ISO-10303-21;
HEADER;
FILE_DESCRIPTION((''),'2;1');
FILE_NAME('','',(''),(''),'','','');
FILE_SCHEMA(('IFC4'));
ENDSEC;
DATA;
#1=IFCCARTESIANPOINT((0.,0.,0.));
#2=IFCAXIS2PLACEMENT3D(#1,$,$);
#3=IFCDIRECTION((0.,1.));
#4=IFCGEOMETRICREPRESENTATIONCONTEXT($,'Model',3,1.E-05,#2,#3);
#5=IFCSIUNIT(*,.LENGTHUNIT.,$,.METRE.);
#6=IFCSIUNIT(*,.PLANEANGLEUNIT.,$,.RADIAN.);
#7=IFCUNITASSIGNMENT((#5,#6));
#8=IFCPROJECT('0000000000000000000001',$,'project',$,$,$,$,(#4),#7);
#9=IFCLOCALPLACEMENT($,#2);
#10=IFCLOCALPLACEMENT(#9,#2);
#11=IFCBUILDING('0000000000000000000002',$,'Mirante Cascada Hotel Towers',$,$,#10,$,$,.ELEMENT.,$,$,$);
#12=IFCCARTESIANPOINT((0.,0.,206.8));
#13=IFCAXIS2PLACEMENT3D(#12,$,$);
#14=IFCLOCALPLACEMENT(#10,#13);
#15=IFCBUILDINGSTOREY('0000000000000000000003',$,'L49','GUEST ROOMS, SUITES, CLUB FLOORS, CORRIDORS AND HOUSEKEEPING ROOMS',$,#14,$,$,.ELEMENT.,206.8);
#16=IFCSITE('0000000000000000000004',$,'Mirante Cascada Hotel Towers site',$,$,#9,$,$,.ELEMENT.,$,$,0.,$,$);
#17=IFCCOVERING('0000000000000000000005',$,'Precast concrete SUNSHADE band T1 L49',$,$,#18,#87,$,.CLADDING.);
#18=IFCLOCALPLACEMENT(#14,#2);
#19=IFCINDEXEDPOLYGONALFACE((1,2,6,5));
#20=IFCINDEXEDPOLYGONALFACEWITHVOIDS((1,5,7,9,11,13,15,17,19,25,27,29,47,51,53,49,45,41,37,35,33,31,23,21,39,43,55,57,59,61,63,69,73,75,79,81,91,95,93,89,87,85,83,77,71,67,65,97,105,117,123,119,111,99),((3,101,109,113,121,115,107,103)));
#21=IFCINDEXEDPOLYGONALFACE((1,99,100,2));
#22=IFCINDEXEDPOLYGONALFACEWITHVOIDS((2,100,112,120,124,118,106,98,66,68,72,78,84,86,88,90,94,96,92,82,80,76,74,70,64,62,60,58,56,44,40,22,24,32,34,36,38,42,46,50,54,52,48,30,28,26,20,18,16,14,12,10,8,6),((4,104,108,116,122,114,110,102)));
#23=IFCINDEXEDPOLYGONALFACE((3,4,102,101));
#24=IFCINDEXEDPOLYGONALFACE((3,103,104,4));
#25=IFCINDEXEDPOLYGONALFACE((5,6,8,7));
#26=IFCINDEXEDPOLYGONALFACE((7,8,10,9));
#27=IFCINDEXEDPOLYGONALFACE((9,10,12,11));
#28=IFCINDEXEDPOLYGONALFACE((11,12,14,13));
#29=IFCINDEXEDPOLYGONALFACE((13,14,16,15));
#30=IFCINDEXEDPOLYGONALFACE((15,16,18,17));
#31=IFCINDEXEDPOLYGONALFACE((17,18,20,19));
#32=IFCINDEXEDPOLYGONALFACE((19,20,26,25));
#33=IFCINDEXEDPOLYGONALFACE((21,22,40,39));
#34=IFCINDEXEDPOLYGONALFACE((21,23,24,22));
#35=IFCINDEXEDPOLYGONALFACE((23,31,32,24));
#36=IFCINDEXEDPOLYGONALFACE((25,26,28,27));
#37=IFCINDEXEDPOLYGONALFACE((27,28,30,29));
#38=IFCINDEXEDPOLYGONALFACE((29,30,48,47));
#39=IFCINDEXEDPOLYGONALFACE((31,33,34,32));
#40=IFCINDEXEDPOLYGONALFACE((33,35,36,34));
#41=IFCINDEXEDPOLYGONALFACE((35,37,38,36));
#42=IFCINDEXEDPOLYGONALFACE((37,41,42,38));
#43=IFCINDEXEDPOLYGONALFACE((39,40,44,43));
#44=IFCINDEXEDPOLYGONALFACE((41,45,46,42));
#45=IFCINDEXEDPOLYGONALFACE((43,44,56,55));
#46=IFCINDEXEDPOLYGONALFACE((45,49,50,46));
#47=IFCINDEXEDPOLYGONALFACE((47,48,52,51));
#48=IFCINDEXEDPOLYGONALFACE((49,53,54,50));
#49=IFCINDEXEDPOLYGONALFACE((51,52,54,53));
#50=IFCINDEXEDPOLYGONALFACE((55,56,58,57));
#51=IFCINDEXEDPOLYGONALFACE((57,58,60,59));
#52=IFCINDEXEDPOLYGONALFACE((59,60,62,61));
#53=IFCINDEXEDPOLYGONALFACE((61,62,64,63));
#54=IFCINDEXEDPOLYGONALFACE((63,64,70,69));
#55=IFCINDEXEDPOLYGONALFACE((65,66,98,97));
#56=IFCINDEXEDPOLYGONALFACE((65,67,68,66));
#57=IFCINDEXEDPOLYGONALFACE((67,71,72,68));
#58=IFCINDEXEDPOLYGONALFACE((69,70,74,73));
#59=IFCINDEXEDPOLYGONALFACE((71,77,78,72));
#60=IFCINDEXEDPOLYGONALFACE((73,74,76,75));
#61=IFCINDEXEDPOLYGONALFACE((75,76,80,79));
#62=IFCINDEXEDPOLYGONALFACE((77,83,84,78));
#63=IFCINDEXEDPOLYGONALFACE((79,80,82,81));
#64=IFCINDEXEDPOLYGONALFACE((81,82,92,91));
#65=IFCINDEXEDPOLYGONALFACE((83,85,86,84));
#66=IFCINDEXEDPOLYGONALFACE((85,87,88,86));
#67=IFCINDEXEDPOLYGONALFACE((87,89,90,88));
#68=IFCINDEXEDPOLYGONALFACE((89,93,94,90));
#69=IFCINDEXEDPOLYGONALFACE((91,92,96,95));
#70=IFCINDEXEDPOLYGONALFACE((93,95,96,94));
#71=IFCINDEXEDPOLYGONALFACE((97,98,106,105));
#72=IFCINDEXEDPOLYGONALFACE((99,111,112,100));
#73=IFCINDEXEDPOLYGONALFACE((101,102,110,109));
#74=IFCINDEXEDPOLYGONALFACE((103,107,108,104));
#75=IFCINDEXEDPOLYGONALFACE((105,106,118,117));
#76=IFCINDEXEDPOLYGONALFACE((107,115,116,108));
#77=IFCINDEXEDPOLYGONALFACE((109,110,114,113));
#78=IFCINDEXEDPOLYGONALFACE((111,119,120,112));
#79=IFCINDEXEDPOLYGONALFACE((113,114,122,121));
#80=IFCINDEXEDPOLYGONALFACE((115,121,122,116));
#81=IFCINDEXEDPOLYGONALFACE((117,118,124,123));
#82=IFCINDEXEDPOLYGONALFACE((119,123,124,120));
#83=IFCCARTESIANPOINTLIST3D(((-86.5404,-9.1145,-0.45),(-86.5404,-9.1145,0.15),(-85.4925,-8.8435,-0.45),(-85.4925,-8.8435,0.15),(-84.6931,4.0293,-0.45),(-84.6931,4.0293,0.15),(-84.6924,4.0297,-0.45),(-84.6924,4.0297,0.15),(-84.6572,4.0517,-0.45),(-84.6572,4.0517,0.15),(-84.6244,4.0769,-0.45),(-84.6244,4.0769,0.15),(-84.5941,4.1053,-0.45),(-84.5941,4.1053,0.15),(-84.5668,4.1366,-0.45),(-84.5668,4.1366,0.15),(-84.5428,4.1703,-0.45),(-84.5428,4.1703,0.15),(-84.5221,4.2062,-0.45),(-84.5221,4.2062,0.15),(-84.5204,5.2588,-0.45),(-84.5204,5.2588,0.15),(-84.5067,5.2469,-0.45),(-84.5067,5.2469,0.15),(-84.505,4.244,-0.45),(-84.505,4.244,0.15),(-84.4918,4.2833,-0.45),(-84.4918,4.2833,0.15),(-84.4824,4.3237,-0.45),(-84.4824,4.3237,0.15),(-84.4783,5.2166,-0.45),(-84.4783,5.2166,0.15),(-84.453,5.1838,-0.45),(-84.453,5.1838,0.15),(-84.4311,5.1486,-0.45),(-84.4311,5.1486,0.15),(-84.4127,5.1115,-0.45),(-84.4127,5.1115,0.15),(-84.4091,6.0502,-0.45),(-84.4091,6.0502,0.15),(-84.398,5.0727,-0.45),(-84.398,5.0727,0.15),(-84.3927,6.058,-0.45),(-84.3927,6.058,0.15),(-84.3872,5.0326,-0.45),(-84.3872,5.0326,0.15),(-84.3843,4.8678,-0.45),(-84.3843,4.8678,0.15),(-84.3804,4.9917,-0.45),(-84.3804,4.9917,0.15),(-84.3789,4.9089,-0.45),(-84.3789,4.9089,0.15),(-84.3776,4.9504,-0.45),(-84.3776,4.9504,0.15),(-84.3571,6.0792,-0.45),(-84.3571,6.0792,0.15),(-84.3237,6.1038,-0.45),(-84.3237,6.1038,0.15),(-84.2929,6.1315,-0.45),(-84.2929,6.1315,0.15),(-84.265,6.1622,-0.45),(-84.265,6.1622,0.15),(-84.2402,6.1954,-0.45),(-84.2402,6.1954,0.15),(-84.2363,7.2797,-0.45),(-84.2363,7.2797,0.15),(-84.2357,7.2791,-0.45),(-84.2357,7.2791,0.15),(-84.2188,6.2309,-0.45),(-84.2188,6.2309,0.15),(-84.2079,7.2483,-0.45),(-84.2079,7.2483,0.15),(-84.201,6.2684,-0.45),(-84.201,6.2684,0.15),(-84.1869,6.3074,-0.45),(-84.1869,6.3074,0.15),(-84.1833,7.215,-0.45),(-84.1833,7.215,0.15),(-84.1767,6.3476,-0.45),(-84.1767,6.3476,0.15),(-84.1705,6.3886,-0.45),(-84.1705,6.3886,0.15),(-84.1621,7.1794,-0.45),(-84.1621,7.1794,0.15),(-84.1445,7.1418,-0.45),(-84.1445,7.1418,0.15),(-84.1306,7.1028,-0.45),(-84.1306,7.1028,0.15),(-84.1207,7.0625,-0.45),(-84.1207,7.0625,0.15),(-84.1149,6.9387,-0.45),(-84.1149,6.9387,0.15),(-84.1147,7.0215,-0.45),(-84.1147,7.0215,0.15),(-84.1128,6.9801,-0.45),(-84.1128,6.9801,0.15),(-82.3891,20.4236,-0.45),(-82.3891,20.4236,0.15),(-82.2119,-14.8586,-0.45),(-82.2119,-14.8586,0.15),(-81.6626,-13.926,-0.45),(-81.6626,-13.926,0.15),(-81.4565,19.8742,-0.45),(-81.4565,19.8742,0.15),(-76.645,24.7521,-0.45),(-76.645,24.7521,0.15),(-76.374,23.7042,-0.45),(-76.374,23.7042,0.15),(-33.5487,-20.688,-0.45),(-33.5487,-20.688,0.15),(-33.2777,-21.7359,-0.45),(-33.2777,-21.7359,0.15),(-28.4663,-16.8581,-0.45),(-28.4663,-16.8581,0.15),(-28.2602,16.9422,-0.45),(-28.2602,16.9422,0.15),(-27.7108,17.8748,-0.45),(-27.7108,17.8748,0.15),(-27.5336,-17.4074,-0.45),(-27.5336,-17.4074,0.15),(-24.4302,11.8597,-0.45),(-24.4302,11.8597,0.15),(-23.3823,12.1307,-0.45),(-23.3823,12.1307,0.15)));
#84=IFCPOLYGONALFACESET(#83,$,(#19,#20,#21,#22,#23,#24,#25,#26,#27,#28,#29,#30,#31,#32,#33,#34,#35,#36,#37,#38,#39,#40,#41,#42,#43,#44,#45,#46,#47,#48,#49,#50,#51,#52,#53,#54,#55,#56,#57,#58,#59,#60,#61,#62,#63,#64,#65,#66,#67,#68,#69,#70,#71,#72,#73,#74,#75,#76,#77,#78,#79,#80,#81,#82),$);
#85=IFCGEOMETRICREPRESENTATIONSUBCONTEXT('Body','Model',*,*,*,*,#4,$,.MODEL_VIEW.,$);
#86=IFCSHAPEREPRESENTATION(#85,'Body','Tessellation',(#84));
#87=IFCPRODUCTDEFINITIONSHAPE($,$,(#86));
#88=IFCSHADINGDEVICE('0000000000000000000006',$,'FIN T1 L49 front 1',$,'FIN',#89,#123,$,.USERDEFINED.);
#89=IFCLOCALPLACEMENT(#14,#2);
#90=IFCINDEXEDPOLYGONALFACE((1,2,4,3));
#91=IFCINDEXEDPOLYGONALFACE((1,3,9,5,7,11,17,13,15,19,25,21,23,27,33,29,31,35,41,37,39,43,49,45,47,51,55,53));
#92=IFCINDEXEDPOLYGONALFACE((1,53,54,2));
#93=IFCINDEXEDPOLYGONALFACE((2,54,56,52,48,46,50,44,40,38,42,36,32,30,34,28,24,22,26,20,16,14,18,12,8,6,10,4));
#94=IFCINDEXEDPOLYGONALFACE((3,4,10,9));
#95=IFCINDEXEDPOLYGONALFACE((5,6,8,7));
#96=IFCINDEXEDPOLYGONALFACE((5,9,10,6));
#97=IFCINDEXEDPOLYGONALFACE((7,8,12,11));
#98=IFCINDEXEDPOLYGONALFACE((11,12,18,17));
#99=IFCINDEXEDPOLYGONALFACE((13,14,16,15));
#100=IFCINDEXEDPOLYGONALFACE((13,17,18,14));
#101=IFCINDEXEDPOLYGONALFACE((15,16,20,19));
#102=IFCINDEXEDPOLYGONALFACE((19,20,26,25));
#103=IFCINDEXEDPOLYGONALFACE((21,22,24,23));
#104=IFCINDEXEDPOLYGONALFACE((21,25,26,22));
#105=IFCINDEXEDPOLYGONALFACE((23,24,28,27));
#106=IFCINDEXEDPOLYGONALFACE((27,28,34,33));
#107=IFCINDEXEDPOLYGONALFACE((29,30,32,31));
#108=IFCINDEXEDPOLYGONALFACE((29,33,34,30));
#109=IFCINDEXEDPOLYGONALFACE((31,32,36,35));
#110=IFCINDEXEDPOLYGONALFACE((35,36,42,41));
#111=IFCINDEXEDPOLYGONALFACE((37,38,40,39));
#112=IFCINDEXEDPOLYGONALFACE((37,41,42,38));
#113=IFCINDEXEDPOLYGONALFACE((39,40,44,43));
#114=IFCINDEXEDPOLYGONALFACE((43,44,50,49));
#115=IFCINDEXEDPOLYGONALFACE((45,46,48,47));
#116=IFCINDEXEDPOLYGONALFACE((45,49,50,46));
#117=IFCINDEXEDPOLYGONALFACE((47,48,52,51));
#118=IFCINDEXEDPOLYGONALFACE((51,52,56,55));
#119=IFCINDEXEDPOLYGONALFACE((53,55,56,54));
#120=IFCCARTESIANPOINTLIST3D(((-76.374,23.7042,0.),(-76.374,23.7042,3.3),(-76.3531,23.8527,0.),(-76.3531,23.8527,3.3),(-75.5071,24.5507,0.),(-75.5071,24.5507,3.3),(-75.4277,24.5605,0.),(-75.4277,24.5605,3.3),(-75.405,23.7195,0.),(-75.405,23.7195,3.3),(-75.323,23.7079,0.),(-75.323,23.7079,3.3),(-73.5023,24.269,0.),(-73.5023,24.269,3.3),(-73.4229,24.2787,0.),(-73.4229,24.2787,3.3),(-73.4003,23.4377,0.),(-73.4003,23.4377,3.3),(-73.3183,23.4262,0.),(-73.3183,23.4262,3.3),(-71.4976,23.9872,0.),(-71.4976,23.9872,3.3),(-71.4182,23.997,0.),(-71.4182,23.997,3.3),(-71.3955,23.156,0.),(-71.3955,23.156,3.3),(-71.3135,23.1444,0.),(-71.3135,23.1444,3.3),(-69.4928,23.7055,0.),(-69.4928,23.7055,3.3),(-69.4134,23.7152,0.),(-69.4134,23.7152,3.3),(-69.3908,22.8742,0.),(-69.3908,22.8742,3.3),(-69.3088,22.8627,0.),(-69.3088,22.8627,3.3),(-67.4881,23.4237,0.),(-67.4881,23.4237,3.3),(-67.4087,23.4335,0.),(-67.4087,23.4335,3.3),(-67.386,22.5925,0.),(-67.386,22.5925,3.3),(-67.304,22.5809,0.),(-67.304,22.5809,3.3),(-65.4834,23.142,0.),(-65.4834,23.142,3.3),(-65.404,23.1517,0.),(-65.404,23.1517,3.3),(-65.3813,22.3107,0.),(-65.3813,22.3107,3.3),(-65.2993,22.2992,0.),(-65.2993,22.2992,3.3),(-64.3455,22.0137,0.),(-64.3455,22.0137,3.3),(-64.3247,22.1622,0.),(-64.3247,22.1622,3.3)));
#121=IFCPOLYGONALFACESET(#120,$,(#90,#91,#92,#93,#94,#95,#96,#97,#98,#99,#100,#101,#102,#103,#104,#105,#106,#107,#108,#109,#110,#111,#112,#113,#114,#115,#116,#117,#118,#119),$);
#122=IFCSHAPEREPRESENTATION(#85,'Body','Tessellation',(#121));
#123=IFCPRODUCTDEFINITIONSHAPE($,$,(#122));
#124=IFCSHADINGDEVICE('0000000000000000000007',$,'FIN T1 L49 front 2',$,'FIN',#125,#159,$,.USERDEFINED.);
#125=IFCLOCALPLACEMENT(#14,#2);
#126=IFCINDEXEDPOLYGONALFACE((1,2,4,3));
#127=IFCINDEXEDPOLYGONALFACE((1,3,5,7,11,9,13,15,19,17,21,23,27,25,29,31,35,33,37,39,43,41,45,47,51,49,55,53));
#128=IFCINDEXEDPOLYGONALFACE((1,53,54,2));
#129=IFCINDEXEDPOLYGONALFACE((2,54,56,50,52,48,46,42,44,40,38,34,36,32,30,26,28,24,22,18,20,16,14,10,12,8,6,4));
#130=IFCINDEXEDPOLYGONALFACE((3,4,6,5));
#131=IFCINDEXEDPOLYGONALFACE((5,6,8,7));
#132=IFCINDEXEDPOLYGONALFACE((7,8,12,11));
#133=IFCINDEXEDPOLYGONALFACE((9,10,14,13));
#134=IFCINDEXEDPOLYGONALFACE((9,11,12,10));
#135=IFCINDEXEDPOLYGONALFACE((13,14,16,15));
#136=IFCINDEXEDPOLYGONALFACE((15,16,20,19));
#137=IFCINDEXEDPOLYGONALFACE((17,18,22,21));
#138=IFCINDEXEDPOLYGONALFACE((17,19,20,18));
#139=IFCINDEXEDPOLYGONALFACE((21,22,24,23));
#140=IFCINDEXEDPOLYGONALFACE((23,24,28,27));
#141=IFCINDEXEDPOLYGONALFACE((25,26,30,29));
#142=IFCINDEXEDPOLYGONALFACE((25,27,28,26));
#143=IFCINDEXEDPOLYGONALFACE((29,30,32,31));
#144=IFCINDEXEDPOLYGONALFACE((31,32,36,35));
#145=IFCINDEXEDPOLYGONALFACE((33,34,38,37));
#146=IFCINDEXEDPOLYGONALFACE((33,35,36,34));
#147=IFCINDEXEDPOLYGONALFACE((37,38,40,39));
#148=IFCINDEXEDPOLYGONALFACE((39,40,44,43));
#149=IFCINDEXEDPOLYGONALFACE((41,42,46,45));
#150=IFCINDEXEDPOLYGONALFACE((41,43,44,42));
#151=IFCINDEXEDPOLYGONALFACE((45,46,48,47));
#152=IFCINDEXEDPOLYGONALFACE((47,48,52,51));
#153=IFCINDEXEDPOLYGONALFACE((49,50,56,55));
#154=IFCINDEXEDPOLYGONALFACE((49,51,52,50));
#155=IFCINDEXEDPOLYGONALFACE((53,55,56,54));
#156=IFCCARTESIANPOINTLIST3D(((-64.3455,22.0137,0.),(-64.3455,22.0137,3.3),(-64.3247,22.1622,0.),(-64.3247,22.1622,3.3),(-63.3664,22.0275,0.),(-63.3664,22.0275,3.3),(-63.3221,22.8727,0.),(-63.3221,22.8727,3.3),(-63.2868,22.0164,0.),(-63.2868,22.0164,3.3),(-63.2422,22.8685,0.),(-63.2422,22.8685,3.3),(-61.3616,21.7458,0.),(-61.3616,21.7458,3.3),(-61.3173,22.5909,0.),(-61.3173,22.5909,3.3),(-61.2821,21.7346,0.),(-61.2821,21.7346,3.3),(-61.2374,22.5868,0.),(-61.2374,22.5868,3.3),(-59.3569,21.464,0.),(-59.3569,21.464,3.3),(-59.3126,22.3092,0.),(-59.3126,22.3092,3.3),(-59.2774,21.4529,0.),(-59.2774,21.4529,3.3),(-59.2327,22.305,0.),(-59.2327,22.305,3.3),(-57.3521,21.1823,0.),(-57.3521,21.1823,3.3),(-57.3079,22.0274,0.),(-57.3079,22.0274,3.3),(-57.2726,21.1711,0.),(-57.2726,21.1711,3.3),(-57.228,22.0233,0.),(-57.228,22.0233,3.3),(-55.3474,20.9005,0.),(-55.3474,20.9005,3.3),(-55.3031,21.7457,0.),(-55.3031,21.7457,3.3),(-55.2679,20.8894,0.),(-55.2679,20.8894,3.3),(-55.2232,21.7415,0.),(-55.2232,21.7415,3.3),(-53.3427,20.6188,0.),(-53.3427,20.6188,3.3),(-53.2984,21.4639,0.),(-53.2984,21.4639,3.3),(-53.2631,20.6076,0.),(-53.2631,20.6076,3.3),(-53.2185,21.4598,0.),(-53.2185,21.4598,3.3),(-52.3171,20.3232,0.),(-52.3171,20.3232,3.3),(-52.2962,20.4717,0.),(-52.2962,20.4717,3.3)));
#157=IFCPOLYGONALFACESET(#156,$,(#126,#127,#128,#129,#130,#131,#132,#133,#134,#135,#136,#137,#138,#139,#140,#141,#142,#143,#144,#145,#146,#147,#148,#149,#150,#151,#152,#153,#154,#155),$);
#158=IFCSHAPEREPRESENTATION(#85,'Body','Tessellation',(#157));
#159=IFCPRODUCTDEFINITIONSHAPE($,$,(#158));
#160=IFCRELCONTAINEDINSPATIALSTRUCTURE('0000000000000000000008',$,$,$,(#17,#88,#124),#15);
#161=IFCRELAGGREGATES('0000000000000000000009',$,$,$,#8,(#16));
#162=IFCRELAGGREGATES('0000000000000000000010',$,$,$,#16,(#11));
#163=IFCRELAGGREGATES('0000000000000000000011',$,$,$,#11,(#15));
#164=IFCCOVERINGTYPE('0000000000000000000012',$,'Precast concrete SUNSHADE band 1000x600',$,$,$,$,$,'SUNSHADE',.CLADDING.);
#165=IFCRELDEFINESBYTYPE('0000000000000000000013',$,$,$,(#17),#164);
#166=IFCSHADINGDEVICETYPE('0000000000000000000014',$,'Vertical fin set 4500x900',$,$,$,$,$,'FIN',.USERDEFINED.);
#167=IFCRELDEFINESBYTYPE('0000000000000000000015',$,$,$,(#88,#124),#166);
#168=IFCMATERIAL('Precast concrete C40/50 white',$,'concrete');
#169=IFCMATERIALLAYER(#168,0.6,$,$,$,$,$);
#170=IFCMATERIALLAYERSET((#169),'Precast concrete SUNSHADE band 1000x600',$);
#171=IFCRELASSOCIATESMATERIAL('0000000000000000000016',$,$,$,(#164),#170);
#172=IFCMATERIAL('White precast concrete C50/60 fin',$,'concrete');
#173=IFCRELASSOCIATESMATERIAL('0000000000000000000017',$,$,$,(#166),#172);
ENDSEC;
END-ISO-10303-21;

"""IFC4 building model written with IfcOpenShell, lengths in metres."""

from ifc_helpers import new_model, si_unit, direction, frame, origin, place, context, subcontext, project, spatial, polyline, outline, extrude, material, layer, layer_set, type_object, element, save


model = new_model("IFC4")

# Units and contexts
model_context = context("Model", 3, precision=1e-05, world=origin(), true_north=direction((0.0, 1.0)))
body_context = subcontext(model_context, "Body", "Model", "MODEL_VIEW")
ifc_project = project(units=[si_unit("LENGTHUNIT", "METRE"), si_unit("PLANEANGLEUNIT", "RADIAN")], contexts=[model_context])

# Site, building, storey
site_placement = place(None, origin())
site = spatial("IfcSite", under=ifc_project, at=site_placement, Name="Mirante Cascada Hotel Towers site", CompositionType="ELEMENT", RefElevation=0.0)
building_placement = place(site_placement, origin())
building = spatial("IfcBuilding", under=site, at=building_placement, Name="Mirante Cascada Hotel Towers", CompositionType="ELEMENT")
storey_placement = place(building_placement, frame((0.0, 0.0, 206.8)))
storey = spatial("IfcBuildingStorey", under=building, at=storey_placement, Name="L49", Description="GUEST ROOMS, SUITES, CLUB FLOORS, CORRIDORS AND HOUSEKEEPING ROOMS", CompositionType="ELEMENT", Elevation=206.8)

# Covering
ifc_material_1 = material(Name="Precast concrete C40/50 white", Category="concrete")
ifc_layer_1 = layer(ifc_material_1, 0.6)
ifc_layer_set_1 = layer_set([ifc_layer_1], Name="Precast concrete SUNSHADE band 1000x600")
covering_type = type_object("IfcCoveringType", Name="Precast concrete SUNSHADE band 1000x600", ElementType="SUNSHADE", PredefinedType="CLADDING", material=ifc_layer_set_1)
covering_placement = place(storey_placement, frame((0.0, 0.0, -0.45)))
element("IfcCovering", 1, at=covering_placement, inside=storey, type_object=covering_type, Name="Precast concrete SUNSHADE band T1 L49", PredefinedType="CLADDING", context=body_context, shape_type="SweptSolid", body=[
    extrude(outline(polyline([(-86.5404, -9.1145), (-84.6931, 4.0293), (-84.6924, 4.0297), (-84.6572, 4.0517), (-84.6244, 4.0769), (-84.5941, 4.1053), (-84.5668, 4.1366), (-84.5428, 4.1703), (-84.5221, 4.2062), (-84.505, 4.244), (-84.4918, 4.2833), (-84.4824, 4.3237), (-84.3843, 4.8678), (-84.3789, 4.9089), (-84.3776, 4.9504), (-84.3804, 4.9917), (-84.3872, 5.0326), (-84.398, 5.0727), (-84.4127, 5.1115), (-84.4311, 5.1486), (-84.453, 5.1838), (-84.4783, 5.2166), (-84.5067, 5.2469), (-84.5204, 5.2588), (-84.4091, 6.0502), (-84.3927, 6.058), (-84.3571, 6.0792), (-84.3237, 6.1038), (-84.2929, 6.1315), (-84.265, 6.1622), (-84.2402, 6.1954), (-84.2188, 6.2309), (-84.201, 6.2684), (-84.1869, 6.3074), (-84.1767, 6.3476), (-84.1705, 6.3886), (-84.1149, 6.9387), (-84.1128, 6.9801), (-84.1147, 7.0215), (-84.1207, 7.0625), (-84.1306, 7.1028), (-84.1445, 7.1418), (-84.1621, 7.1794), (-84.1833, 7.215), (-84.2079, 7.2483), (-84.2357, 7.2791), (-84.2363, 7.2797), (-82.3891, 20.4236), (-76.645, 24.7521), (-27.7108, 17.8748), (-23.3823, 12.1307), (-27.5336, -17.4074), (-33.2777, -21.7359), (-82.2119, -14.8586), (-86.5404, -9.1145)]), holes=[polyline([(-24.4302, 11.8597), (-28.2602, 16.9422), (-76.374, 23.7042), (-81.4565, 19.8742), (-85.4925, -8.8435), (-81.6626, -13.926), (-33.5487, -20.688), (-28.4663, -16.8581), (-24.4302, 11.8597)])]), origin(), (0.0, 0.0, 1.0), 0.6),
])

# Shading devices
ifc_material_2 = material(Name="White precast concrete C50/60 fin", Category="concrete")
shading_device_type = type_object("IfcShadingDeviceType", Name="Vertical fin set 4500x900", ElementType="FIN", PredefinedType="USERDEFINED", material=ifc_material_2)
shading_device_1_placement = place(storey_placement, origin())
element("IfcShadingDevice", 2, at=shading_device_1_placement, inside=storey, type_object=shading_device_type, Name="FIN T1 L49 front 1", ObjectType="FIN", PredefinedType="USERDEFINED", context=body_context, shape_type="SweptSolid", body=[
    extrude(outline(polyline([(-65.404, 23.1517), (-65.2993, 22.2992), (-64.3247, 22.1622), (-64.3455, 22.0137), (-76.374, 23.7042), (-76.3531, 23.8527), (-75.405, 23.7195), (-75.5071, 24.5507), (-75.4277, 24.5605), (-75.323, 23.7079), (-73.4003, 23.4377), (-73.5023, 24.269), (-73.4229, 24.2787), (-73.3183, 23.4262), (-71.3955, 23.156), (-71.4976, 23.9872), (-71.4182, 23.997), (-71.3135, 23.1444), (-69.3908, 22.8742), (-69.4928, 23.7055), (-69.4134, 23.7152), (-69.3088, 22.8627), (-67.386, 22.5925), (-67.4881, 23.4237), (-67.4087, 23.4335), (-67.304, 22.5809), (-65.3813, 22.3107), (-65.4834, 23.142), (-65.404, 23.1517)])), origin(), (0.0, 0.0, 1.0), 3.3),
])
shading_device_2_placement = place(storey_placement, origin())
element("IfcShadingDevice", 3, at=shading_device_2_placement, inside=storey, type_object=shading_device_type, Name="FIN T1 L49 front 2", ObjectType="FIN", PredefinedType="USERDEFINED", context=body_context, shape_type="SweptSolid", body=[
    extrude(outline(polyline([(-53.2185, 21.4598), (-53.2631, 20.6076), (-52.2962, 20.4717), (-52.3171, 20.3232), (-64.3455, 22.0137), (-64.3247, 22.1622), (-63.3664, 22.0275), (-63.3221, 22.8727), (-63.2422, 22.8685), (-63.2868, 22.0164), (-61.3616, 21.7458), (-61.3173, 22.5909), (-61.2374, 22.5868), (-61.2821, 21.7346), (-59.3569, 21.464), (-59.3126, 22.3092), (-59.2327, 22.305), (-59.2774, 21.4529), (-57.3521, 21.1823), (-57.3079, 22.0274), (-57.228, 22.0233), (-57.2726, 21.1711), (-55.3474, 20.9005), (-55.3031, 21.7457), (-55.2232, 21.7415), (-55.2679, 20.8894), (-53.3427, 20.6188), (-53.2984, 21.4639), (-53.2185, 21.4598)])), origin(), (0.0, 0.0, 1.0), 3.3),
])

save(model, "model.ifc")
